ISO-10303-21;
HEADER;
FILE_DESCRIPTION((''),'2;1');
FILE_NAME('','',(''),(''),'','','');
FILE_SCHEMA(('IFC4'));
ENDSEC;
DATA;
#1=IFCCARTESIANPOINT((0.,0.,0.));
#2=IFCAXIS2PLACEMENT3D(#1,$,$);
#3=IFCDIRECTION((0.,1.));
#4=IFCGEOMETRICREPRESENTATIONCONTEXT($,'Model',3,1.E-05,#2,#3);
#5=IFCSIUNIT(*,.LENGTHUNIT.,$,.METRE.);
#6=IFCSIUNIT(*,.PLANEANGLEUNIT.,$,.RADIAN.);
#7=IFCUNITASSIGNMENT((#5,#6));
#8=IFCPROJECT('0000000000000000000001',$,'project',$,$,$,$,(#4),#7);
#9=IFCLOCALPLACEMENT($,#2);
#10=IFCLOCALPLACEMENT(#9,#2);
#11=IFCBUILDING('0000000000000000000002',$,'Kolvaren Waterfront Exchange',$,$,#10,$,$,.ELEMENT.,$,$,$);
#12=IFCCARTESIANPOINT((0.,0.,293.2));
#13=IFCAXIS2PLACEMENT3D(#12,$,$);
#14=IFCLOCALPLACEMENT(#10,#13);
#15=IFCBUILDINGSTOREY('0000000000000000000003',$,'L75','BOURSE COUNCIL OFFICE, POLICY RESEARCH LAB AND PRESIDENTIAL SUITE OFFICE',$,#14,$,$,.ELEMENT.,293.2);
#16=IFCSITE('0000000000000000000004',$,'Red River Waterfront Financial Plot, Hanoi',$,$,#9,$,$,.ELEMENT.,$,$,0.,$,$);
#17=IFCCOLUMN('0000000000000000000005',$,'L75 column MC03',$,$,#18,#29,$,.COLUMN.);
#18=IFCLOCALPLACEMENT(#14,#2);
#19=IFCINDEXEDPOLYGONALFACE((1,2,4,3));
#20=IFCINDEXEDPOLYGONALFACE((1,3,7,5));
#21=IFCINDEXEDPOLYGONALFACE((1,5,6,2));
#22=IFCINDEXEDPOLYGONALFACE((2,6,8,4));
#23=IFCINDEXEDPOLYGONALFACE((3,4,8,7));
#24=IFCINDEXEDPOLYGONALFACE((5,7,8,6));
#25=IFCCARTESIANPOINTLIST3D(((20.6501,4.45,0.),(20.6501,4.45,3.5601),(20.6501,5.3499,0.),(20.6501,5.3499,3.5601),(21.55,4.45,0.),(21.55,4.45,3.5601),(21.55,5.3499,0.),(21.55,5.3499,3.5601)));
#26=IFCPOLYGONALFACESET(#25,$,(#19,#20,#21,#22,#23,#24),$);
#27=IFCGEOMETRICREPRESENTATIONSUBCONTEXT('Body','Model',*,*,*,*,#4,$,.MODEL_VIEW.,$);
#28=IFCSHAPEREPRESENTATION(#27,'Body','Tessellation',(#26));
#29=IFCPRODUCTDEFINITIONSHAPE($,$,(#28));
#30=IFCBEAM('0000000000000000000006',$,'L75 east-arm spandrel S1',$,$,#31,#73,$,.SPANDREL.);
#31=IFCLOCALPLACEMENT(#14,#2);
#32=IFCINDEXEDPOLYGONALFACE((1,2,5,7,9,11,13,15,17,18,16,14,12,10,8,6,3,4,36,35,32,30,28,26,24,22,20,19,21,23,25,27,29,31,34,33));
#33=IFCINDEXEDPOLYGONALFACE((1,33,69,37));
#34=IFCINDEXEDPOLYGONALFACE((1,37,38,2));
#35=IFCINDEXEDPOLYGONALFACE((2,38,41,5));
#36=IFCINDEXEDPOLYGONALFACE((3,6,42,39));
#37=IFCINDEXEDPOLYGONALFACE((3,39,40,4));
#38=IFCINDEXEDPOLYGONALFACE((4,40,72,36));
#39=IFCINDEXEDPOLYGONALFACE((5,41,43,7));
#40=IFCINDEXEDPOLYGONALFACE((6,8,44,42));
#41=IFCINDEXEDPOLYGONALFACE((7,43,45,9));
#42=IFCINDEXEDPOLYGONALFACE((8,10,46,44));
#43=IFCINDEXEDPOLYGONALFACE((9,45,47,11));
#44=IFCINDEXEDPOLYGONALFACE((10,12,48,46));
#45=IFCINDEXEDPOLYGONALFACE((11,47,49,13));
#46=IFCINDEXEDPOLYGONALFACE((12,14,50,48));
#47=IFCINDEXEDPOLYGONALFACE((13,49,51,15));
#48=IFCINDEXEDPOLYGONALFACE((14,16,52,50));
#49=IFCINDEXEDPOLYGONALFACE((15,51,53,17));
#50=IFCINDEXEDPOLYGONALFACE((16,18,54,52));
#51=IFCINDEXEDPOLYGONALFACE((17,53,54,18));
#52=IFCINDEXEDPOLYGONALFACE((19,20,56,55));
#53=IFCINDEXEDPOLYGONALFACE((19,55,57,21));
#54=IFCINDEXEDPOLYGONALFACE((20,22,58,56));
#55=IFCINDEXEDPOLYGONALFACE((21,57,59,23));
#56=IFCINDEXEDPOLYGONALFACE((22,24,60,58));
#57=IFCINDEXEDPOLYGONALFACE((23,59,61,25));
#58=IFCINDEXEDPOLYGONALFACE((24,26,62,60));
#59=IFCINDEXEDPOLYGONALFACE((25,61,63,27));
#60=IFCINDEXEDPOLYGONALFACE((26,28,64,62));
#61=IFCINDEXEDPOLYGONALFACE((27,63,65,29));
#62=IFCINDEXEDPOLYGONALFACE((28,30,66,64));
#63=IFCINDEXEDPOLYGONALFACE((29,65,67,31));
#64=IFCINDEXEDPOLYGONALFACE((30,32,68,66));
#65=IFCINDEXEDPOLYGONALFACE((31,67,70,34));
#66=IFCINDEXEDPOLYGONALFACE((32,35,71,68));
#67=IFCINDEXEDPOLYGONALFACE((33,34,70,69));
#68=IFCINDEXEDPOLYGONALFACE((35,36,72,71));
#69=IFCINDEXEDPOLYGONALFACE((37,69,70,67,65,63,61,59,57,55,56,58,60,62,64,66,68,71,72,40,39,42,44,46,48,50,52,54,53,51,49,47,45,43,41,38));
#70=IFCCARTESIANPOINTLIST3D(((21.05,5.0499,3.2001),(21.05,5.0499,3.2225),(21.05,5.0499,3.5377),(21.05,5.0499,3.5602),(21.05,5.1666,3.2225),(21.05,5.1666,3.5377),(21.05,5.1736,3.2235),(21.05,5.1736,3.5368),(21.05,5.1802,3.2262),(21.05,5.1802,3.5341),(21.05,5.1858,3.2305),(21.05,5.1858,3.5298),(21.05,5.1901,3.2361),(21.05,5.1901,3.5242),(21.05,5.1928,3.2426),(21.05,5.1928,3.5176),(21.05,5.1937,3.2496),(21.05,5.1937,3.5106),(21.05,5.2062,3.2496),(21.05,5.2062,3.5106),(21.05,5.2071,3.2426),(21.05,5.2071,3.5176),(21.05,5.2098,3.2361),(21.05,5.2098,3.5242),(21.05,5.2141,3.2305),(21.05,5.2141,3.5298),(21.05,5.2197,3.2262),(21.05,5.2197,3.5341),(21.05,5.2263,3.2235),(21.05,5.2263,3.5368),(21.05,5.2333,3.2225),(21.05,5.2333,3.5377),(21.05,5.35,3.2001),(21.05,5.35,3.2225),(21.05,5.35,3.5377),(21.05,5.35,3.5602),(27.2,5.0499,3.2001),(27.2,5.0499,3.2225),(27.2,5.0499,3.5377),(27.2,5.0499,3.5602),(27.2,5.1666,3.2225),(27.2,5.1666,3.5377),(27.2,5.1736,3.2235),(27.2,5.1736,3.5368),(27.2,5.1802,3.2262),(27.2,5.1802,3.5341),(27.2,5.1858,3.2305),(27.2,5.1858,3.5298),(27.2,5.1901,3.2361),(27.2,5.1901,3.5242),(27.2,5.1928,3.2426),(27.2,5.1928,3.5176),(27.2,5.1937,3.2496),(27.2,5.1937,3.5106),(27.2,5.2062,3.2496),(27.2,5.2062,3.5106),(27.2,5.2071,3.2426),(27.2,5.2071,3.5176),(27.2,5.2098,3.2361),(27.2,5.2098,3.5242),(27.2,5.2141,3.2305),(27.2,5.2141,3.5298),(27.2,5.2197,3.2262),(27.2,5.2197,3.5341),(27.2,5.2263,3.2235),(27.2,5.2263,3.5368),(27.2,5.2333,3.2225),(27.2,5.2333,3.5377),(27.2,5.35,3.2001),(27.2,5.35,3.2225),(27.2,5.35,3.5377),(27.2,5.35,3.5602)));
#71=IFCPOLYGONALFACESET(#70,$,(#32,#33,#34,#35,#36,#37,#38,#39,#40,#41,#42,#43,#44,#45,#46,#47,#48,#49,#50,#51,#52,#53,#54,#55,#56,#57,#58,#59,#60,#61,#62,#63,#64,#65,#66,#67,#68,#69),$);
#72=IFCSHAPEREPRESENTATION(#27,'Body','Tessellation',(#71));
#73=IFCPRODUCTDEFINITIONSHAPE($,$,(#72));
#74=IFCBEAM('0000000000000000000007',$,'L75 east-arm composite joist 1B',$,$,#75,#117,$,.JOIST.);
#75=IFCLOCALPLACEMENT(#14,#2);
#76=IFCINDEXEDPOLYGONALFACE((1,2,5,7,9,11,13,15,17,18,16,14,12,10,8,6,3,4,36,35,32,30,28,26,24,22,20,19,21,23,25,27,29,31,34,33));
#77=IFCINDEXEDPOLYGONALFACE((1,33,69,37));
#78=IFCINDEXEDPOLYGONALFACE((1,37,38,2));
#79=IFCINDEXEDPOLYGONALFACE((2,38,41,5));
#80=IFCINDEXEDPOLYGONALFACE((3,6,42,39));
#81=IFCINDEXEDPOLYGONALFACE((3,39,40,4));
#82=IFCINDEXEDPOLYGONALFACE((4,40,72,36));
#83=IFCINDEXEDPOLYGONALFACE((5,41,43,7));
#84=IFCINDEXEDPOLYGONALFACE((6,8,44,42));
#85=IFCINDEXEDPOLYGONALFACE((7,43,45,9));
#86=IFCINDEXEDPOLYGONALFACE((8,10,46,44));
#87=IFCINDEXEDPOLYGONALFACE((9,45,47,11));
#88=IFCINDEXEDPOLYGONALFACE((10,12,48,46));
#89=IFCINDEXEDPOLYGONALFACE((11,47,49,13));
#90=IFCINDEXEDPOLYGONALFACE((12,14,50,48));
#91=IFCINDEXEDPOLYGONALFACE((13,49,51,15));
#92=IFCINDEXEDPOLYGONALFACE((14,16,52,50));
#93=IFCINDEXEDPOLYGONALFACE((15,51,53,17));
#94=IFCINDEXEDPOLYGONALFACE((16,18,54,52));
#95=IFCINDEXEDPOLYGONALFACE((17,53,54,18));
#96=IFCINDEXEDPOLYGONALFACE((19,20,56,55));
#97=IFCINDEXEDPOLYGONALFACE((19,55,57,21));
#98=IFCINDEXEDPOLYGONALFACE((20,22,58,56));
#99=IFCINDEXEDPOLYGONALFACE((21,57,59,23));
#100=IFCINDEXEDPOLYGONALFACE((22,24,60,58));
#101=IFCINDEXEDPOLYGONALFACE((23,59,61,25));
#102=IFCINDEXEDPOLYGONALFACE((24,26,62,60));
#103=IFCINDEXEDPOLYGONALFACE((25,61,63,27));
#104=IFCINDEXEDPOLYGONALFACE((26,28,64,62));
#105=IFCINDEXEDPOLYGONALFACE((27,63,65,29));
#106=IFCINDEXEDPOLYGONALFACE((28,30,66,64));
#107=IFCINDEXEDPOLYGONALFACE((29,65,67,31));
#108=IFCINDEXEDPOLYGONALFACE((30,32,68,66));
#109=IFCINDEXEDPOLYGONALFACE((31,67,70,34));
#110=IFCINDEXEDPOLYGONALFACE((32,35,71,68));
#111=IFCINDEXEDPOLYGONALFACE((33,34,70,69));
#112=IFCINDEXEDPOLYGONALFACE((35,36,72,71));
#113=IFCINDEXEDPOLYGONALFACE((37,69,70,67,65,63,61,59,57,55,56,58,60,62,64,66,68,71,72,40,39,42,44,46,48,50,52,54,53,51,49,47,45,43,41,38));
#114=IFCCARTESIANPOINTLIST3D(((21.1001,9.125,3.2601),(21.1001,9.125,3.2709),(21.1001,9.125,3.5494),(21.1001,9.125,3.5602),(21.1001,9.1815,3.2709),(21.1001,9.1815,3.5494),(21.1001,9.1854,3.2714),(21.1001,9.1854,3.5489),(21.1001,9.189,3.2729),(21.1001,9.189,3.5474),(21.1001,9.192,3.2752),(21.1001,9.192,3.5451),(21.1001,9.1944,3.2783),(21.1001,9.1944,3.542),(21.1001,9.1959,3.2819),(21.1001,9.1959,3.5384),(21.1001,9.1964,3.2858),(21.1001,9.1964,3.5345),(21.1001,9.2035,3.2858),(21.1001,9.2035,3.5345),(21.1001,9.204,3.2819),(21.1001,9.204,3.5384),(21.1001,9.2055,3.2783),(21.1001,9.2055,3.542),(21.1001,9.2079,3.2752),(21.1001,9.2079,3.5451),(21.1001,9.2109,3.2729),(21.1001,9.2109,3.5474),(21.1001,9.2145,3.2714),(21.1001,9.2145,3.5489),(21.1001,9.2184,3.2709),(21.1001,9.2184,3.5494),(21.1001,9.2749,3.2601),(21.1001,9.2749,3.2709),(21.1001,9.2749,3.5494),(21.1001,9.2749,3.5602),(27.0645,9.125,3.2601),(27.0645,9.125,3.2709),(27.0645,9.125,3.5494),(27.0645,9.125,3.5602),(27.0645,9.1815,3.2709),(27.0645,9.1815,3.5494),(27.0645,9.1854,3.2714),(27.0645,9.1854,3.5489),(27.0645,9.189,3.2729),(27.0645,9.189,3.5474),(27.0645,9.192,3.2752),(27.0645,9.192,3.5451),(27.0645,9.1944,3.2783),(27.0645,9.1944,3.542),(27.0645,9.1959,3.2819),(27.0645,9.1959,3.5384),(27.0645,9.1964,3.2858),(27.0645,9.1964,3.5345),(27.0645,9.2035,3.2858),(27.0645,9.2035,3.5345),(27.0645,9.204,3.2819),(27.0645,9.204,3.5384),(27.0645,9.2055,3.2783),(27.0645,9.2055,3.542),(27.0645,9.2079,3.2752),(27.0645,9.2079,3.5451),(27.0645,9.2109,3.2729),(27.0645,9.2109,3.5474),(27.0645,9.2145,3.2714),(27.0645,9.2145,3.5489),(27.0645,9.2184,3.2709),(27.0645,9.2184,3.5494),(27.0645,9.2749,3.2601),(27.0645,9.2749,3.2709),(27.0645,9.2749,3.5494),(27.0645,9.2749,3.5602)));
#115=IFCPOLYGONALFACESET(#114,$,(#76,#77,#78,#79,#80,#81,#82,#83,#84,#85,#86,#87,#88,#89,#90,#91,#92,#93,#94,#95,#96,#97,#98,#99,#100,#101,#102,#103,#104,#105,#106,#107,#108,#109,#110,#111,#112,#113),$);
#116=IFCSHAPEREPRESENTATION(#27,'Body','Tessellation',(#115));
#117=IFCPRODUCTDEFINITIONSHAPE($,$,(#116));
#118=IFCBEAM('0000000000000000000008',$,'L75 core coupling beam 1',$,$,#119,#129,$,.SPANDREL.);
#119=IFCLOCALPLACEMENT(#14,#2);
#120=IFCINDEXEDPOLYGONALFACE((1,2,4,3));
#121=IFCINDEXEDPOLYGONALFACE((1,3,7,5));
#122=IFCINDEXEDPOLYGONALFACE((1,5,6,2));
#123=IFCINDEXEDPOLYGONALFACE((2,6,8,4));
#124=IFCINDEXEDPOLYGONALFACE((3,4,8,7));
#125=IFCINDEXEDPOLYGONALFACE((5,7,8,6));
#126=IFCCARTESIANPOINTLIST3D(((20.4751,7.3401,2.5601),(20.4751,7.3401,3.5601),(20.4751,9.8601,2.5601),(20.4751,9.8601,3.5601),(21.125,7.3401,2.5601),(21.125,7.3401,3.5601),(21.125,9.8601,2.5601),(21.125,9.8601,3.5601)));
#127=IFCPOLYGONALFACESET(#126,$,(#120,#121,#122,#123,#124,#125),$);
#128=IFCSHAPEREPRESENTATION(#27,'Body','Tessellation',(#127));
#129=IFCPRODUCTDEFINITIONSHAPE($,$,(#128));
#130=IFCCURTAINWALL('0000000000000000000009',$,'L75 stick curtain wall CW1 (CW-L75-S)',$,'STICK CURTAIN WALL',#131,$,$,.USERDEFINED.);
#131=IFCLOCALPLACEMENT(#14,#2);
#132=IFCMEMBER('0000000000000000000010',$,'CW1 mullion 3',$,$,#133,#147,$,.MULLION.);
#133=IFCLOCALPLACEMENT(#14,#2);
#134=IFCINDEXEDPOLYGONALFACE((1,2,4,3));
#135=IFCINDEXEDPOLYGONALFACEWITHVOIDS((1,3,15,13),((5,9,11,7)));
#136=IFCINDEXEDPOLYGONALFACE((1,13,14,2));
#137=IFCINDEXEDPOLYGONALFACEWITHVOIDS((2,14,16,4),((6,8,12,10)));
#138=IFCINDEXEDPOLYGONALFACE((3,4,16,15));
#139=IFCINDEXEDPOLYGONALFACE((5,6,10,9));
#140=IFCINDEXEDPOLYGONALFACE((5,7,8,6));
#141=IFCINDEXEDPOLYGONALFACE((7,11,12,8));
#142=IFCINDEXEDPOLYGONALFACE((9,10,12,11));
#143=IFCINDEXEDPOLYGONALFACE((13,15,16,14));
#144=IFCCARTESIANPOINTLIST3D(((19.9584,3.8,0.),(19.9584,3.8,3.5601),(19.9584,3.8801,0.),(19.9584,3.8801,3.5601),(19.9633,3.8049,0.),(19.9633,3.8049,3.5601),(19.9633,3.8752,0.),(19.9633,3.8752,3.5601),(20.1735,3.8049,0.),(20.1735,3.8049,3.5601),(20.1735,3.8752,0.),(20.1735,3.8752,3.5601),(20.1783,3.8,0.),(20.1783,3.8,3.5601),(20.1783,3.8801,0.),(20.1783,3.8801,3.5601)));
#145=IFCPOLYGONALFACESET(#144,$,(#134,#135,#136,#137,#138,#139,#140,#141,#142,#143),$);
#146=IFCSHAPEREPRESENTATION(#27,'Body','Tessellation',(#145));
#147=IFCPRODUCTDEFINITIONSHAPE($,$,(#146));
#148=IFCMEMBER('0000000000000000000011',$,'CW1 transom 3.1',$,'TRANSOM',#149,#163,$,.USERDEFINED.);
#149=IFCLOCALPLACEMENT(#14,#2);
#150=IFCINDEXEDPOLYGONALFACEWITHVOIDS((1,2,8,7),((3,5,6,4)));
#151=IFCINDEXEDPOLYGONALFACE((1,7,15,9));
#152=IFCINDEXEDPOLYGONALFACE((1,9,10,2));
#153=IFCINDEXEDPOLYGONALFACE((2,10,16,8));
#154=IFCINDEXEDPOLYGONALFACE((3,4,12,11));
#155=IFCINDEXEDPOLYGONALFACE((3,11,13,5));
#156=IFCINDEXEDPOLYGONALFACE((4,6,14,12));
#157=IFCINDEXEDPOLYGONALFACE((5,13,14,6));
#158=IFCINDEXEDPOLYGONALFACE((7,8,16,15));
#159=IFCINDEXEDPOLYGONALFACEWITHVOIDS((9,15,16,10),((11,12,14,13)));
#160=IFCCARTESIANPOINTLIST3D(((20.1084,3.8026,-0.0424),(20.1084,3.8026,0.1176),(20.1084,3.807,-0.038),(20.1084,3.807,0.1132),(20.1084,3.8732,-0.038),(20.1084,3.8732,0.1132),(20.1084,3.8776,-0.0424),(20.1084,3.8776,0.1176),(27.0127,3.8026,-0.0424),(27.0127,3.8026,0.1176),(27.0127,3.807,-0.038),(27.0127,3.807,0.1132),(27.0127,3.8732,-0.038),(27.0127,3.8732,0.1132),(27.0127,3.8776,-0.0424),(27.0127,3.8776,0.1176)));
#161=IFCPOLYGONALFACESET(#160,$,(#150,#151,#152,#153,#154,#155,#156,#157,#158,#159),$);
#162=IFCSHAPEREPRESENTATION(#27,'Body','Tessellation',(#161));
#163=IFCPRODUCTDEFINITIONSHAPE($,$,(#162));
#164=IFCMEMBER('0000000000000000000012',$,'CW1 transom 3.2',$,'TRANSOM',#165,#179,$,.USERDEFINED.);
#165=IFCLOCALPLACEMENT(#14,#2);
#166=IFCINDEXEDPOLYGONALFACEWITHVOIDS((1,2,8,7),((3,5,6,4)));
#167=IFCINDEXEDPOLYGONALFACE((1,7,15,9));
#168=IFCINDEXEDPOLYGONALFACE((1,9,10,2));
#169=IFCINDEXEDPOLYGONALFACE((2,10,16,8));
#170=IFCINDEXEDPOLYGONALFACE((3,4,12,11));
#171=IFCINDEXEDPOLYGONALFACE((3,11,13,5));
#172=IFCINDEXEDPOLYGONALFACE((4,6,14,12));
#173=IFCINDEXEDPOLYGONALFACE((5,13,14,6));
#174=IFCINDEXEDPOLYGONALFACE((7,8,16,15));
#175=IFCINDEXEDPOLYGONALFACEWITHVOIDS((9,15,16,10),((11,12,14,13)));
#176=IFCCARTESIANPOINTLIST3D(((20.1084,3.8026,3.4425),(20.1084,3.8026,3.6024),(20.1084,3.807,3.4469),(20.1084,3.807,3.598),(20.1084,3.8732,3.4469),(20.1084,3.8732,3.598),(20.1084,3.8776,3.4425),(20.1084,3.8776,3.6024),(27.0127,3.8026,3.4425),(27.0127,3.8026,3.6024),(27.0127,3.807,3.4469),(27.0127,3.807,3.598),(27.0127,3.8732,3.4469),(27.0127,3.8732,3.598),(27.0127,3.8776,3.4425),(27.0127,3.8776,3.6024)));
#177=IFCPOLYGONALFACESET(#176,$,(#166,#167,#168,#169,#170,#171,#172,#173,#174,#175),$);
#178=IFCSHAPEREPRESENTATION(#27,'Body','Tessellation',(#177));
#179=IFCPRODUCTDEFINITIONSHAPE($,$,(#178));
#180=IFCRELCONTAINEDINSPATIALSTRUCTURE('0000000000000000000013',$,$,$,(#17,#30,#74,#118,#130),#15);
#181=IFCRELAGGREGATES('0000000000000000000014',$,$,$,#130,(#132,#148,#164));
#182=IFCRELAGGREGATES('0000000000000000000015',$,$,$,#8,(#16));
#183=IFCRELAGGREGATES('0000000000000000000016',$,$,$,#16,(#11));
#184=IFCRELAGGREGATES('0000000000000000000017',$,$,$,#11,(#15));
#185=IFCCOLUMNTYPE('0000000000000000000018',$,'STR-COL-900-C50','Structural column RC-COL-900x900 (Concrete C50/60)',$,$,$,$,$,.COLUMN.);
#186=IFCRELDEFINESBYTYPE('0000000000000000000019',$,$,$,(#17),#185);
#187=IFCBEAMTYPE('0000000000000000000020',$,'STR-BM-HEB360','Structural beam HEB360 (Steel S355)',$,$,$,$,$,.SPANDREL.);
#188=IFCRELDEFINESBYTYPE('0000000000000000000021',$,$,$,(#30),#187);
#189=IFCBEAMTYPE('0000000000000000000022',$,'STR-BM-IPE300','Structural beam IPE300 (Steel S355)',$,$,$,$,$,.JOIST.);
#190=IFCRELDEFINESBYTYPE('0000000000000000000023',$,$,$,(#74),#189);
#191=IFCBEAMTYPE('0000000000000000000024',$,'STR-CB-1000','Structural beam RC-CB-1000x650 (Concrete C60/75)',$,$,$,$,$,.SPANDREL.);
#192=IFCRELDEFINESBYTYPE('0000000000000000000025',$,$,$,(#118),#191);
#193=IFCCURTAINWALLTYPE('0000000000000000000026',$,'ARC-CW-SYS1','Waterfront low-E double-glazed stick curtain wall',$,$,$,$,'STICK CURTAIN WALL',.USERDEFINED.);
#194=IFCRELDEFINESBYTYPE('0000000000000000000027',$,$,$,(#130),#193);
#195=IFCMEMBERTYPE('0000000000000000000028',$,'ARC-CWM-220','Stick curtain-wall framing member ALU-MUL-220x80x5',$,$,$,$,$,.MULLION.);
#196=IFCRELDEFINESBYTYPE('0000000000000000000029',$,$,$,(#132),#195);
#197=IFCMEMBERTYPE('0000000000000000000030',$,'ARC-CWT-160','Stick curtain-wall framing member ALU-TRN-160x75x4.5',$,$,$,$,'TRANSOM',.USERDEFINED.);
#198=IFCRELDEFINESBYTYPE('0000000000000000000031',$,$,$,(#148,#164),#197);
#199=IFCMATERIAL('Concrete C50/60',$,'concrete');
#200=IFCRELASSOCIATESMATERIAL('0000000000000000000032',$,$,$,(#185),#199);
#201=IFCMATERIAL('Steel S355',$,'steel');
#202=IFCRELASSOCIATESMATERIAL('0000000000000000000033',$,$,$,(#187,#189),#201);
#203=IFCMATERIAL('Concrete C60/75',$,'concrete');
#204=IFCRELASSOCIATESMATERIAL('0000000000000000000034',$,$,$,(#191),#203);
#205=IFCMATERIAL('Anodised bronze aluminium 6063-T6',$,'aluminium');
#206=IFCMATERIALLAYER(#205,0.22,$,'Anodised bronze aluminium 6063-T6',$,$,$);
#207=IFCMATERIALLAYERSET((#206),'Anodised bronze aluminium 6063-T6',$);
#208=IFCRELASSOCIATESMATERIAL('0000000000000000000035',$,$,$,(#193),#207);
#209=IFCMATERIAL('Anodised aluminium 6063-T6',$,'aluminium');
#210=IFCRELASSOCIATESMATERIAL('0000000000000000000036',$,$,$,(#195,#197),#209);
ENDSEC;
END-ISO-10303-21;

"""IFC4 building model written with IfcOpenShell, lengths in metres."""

from ifc_helpers import new_model, si_unit, direction, frame, origin, origin_with_axes, origin_2d, place, context, subcontext, project, spatial, rectangle, hollow_rectangle, i_section, extrude, source, transform, mapped, material, layer, layer_set, material_profile, profile_set, type_object, element, aggregate, save


model = new_model("IFC4")

# Units and contexts
model_context = context("Model", 3, precision=1e-05, world=origin(), true_north=direction((0.0, 1.0)))
body_context = subcontext(model_context, "Body", "Model", "MODEL_VIEW")
ifc_project = project(units=[si_unit("LENGTHUNIT", "METRE"), si_unit("PLANEANGLEUNIT", "RADIAN")], contexts=[model_context])

# Site, building, storey
site_placement = place(None, origin())
site = spatial("IfcSite", under=ifc_project, at=site_placement, Name="Red River Waterfront Financial Plot, Hanoi", CompositionType="ELEMENT", RefElevation=0.0)
building_placement = place(site_placement, origin())
building = spatial("IfcBuilding", under=site, at=building_placement, Name="Kolvaren Waterfront Exchange", CompositionType="ELEMENT")
storey_placement = place(building_placement, frame((0.0, 0.0, 293.2)))
storey = spatial("IfcBuildingStorey", under=building, at=storey_placement, Name="L75", Description="BOURSE COUNCIL OFFICE, POLICY RESEARCH LAB AND PRESIDENTIAL SUITE OFFICE", CompositionType="ELEMENT", Elevation=293.2)

# Column
ifc_material_1 = material(Name="Concrete C50/60", Category="concrete")
ifc_material_profile_1 = material_profile(ifc_material_1, rectangle(XDim=0.8999, YDim=0.8999, at=origin_2d()), Name="RC-COL-900x900")
ifc_profile_set_1 = profile_set([ifc_material_profile_1], Name="Concrete C50/60")
column_type = type_object("IfcColumnType", Name="STR-COL-900-C50", Description="Structural column RC-COL-900x900 (Concrete C50/60)", PredefinedType="COLUMN", material=ifc_profile_set_1)
column_placement = place(storey_placement, frame((21.1001, 4.8999, 0.0), z_axis=(0.0, 0.0, 1.0), x_axis=(1.0, 0.0, 0.0)))
element("IfcColumn", 1, at=column_placement, inside=storey, type_object=column_type, Name="L75 column MC03", PredefinedType="COLUMN", context=body_context, shape_type="SweptSolid", body=[
    extrude(rectangle(XDim=0.8999, YDim=0.8999, at=origin_2d()), origin(), (0.0, 0.0, 1.0), 3.5601),
])

# Beams
ifc_material_2 = material(Name="Steel S355", Category="steel")
ifc_material_profile_2 = material_profile(ifc_material_2, i_section(OverallWidth=0.3, OverallDepth=0.3601, WebThickness=0.0125, FlangeThickness=0.0225, FilletRadius=0.0271, at=origin_2d()), Name="HEB360")
ifc_profile_set_2 = profile_set([ifc_material_profile_2], Name="Steel S355")
beam_type_1 = type_object("IfcBeamType", Name="STR-BM-HEB360", Description="Structural beam HEB360 (Steel S355)", PredefinedType="SPANDREL", material=ifc_profile_set_2)
beam_1_placement = place(storey_placement, frame((21.05, 5.2, 3.3801), z_axis=(1.0, 0.0, 0.0), x_axis=(0.0, 1.0, 0.0)))
element("IfcBeam", 2, at=beam_1_placement, inside=storey, type_object=beam_type_1, Name="L75 east-arm spandrel S1", PredefinedType="SPANDREL", context=body_context, shape_type="SweptSolid", body=[
    extrude(i_section(OverallWidth=0.3, OverallDepth=0.3601, WebThickness=0.0125, FlangeThickness=0.0225, FilletRadius=0.0271, at=origin_2d()), origin(), (0.0, 0.0, 1.0), 6.1499),
])
ifc_material_profile_3 = material_profile(ifc_material_2, i_section(OverallWidth=0.1499, OverallDepth=0.3, WebThickness=0.0071, FlangeThickness=0.0107, FilletRadius=0.0149, at=origin_2d()), Name="IPE300")
ifc_profile_set_3 = profile_set([ifc_material_profile_3], Name="Steel S355")
beam_type_2 = type_object("IfcBeamType", Name="STR-BM-IPE300", Description="Structural beam IPE300 (Steel S355)", PredefinedType="JOIST", material=ifc_profile_set_3)
beam_2_placement = place(storey_placement, frame((21.1001, 9.2, 3.4102), z_axis=(1.0, 0.0, 0.0), x_axis=(0.0, 1.0, 0.0)))
element("IfcBeam", 3, at=beam_2_placement, inside=storey, type_object=beam_type_2, Name="L75 east-arm composite joist 1B", PredefinedType="JOIST", context=body_context, shape_type="SweptSolid", body=[
    extrude(i_section(OverallWidth=0.1499, OverallDepth=0.3, WebThickness=0.0071, FlangeThickness=0.0107, FilletRadius=0.0149, at=origin_2d()), origin(), (0.0, 0.0, 1.0), 5.9644),
])
ifc_material_3 = material(Name="Concrete C60/75", Category="concrete")
ifc_material_profile_4 = material_profile(ifc_material_3, rectangle(XDim=0.6499, YDim=1.0, at=origin_2d()), Name="RC-CB-1000x650")
ifc_profile_set_4 = profile_set([ifc_material_profile_4], Name="Concrete C60/75")
beam_type_3 = type_object("IfcBeamType", Name="STR-CB-1000", Description="Structural beam RC-CB-1000x650 (Concrete C60/75)", PredefinedType="SPANDREL", material=ifc_profile_set_4)
beam_3_placement = place(storey_placement, frame((20.8, 7.3401, 3.0601), z_axis=(0.0, 1.0, 0.0), x_axis=(-1.0, 0.0, 0.0)))
element("IfcBeam", 4, at=beam_3_placement, inside=storey, type_object=beam_type_3, Name="L75 core coupling beam 1", PredefinedType="SPANDREL", context=body_context, shape_type="SweptSolid", body=[
    extrude(rectangle(XDim=0.6499, YDim=1.0, at=origin_2d()), origin(), (0.0, 0.0, 1.0), 2.52),
])

# Curtain wall, members
ifc_material_4 = material(Name="Anodised bronze aluminium 6063-T6", Category="aluminium")
ifc_layer_1 = layer(ifc_material_4, 0.22, Name="Anodised bronze aluminium 6063-T6")
ifc_layer_set_1 = layer_set([ifc_layer_1], Name="Anodised bronze aluminium 6063-T6")
curtain_wall_type = type_object("IfcCurtainWallType", Name="ARC-CW-SYS1", Description="Waterfront low-E double-glazed stick curtain wall", ElementType="STICK CURTAIN WALL", PredefinedType="USERDEFINED", material=ifc_layer_set_1)
curtain_wall_placement = place(storey_placement, origin())
curtain_wall = element("IfcCurtainWall", 5, at=curtain_wall_placement, inside=storey, type_object=curtain_wall_type, Name="L75 stick curtain wall CW1 (CW-L75-S)", ObjectType="STICK CURTAIN WALL", PredefinedType="USERDEFINED")
ifc_material_5 = material(Name="Anodised aluminium 6063-T6", Category="aluminium")
ifc_material_profile_5 = material_profile(ifc_material_5, hollow_rectangle(XDim=0.0801, YDim=0.22, WallThickness=0.0049, at=origin_2d()), Name="ALU-MUL-220x80x5")
ifc_profile_set_5 = profile_set([ifc_material_profile_5], Name="Anodised aluminium 6063-T6")
member_type_1 = type_object("IfcMemberType", Name="ARC-CWM-220", Description="Stick curtain-wall framing member ALU-MUL-220x80x5", PredefinedType="MULLION", material=ifc_profile_set_5)
shared_shape_1 = source(origin_with_axes(), body_context, "Body", "SweptSolid", [
    extrude(hollow_rectangle(XDim=0.0801, YDim=0.22, WallThickness=0.0049, at=origin_2d()), origin(), (0.0, 0.0, 1.0), 3.5601),
])
member_1_placement = place(storey_placement, frame((20.0684, 3.8401, 0.0), z_axis=(0.0, 0.0, 1.0), x_axis=(0.0, 1.0, 0.0)))
member_1 = element("IfcMember", 6, at=member_1_placement, type_object=member_type_1, Name="CW1 mullion 3", PredefinedType="MULLION", context=body_context, shape_type="MappedRepresentation", body=[
    mapped(shared_shape_1, transform((0.0, 0.0, 0.0), x_axis=(1.0, 0.0, 0.0), y_axis=(0.0, 1.0, 0.0), z_axis=(0.0, 0.0, 1.0), scale=1.0)),
])
ifc_material_profile_6 = material_profile(ifc_material_5, hollow_rectangle(XDim=0.075, YDim=0.1599, WallThickness=0.0044, at=origin_2d()), Name="ALU-TRN-160x75x4.5")
ifc_profile_set_6 = profile_set([ifc_material_profile_6], Name="Anodised aluminium 6063-T6")
member_type_2 = type_object("IfcMemberType", Name="ARC-CWT-160", Description="Stick curtain-wall framing member ALU-TRN-160x75x4.5", ElementType="TRANSOM", PredefinedType="USERDEFINED", material=ifc_profile_set_6)
shared_shape_2 = source(origin_with_axes(), body_context, "Body", "SweptSolid", [
    extrude(hollow_rectangle(XDim=0.075, YDim=0.1599, WallThickness=0.0044, at=origin_2d()), origin(), (0.0, 0.0, 1.0), 6.9043),
])
member_2_placement = place(storey_placement, frame((20.1084, 3.8401, 0.0376), z_axis=(1.0, 0.0, 0.0), x_axis=(0.0, 1.0, 0.0)))
member_2 = element("IfcMember", 7, at=member_2_placement, type_object=member_type_2, Name="CW1 transom 3.1", ObjectType="TRANSOM", PredefinedType="USERDEFINED", context=body_context, shape_type="MappedRepresentation", body=[
    mapped(shared_shape_2, transform((0.0, 0.0, 0.0), x_axis=(1.0, 0.0, 0.0), y_axis=(0.0, 1.0, 0.0), z_axis=(0.0, 0.0, 1.0), scale=1.0)),
])
member_3_placement = place(storey_placement, frame((20.1084, 3.8401, 3.5225), z_axis=(1.0, 0.0, 0.0), x_axis=(0.0, 1.0, 0.0)))
member_3 = element("IfcMember", 8, at=member_3_placement, type_object=member_type_2, Name="CW1 transom 3.2", ObjectType="TRANSOM", PredefinedType="USERDEFINED", context=body_context, shape_type="MappedRepresentation", body=[
    mapped(shared_shape_2, transform((0.0, 0.0, 0.0), x_axis=(1.0, 0.0, 0.0), y_axis=(0.0, 1.0, 0.0), z_axis=(0.0, 0.0, 1.0), scale=1.0)),
])
aggregate(curtain_wall, [member_1, member_2, member_3])

save(model, "model.ifc")
